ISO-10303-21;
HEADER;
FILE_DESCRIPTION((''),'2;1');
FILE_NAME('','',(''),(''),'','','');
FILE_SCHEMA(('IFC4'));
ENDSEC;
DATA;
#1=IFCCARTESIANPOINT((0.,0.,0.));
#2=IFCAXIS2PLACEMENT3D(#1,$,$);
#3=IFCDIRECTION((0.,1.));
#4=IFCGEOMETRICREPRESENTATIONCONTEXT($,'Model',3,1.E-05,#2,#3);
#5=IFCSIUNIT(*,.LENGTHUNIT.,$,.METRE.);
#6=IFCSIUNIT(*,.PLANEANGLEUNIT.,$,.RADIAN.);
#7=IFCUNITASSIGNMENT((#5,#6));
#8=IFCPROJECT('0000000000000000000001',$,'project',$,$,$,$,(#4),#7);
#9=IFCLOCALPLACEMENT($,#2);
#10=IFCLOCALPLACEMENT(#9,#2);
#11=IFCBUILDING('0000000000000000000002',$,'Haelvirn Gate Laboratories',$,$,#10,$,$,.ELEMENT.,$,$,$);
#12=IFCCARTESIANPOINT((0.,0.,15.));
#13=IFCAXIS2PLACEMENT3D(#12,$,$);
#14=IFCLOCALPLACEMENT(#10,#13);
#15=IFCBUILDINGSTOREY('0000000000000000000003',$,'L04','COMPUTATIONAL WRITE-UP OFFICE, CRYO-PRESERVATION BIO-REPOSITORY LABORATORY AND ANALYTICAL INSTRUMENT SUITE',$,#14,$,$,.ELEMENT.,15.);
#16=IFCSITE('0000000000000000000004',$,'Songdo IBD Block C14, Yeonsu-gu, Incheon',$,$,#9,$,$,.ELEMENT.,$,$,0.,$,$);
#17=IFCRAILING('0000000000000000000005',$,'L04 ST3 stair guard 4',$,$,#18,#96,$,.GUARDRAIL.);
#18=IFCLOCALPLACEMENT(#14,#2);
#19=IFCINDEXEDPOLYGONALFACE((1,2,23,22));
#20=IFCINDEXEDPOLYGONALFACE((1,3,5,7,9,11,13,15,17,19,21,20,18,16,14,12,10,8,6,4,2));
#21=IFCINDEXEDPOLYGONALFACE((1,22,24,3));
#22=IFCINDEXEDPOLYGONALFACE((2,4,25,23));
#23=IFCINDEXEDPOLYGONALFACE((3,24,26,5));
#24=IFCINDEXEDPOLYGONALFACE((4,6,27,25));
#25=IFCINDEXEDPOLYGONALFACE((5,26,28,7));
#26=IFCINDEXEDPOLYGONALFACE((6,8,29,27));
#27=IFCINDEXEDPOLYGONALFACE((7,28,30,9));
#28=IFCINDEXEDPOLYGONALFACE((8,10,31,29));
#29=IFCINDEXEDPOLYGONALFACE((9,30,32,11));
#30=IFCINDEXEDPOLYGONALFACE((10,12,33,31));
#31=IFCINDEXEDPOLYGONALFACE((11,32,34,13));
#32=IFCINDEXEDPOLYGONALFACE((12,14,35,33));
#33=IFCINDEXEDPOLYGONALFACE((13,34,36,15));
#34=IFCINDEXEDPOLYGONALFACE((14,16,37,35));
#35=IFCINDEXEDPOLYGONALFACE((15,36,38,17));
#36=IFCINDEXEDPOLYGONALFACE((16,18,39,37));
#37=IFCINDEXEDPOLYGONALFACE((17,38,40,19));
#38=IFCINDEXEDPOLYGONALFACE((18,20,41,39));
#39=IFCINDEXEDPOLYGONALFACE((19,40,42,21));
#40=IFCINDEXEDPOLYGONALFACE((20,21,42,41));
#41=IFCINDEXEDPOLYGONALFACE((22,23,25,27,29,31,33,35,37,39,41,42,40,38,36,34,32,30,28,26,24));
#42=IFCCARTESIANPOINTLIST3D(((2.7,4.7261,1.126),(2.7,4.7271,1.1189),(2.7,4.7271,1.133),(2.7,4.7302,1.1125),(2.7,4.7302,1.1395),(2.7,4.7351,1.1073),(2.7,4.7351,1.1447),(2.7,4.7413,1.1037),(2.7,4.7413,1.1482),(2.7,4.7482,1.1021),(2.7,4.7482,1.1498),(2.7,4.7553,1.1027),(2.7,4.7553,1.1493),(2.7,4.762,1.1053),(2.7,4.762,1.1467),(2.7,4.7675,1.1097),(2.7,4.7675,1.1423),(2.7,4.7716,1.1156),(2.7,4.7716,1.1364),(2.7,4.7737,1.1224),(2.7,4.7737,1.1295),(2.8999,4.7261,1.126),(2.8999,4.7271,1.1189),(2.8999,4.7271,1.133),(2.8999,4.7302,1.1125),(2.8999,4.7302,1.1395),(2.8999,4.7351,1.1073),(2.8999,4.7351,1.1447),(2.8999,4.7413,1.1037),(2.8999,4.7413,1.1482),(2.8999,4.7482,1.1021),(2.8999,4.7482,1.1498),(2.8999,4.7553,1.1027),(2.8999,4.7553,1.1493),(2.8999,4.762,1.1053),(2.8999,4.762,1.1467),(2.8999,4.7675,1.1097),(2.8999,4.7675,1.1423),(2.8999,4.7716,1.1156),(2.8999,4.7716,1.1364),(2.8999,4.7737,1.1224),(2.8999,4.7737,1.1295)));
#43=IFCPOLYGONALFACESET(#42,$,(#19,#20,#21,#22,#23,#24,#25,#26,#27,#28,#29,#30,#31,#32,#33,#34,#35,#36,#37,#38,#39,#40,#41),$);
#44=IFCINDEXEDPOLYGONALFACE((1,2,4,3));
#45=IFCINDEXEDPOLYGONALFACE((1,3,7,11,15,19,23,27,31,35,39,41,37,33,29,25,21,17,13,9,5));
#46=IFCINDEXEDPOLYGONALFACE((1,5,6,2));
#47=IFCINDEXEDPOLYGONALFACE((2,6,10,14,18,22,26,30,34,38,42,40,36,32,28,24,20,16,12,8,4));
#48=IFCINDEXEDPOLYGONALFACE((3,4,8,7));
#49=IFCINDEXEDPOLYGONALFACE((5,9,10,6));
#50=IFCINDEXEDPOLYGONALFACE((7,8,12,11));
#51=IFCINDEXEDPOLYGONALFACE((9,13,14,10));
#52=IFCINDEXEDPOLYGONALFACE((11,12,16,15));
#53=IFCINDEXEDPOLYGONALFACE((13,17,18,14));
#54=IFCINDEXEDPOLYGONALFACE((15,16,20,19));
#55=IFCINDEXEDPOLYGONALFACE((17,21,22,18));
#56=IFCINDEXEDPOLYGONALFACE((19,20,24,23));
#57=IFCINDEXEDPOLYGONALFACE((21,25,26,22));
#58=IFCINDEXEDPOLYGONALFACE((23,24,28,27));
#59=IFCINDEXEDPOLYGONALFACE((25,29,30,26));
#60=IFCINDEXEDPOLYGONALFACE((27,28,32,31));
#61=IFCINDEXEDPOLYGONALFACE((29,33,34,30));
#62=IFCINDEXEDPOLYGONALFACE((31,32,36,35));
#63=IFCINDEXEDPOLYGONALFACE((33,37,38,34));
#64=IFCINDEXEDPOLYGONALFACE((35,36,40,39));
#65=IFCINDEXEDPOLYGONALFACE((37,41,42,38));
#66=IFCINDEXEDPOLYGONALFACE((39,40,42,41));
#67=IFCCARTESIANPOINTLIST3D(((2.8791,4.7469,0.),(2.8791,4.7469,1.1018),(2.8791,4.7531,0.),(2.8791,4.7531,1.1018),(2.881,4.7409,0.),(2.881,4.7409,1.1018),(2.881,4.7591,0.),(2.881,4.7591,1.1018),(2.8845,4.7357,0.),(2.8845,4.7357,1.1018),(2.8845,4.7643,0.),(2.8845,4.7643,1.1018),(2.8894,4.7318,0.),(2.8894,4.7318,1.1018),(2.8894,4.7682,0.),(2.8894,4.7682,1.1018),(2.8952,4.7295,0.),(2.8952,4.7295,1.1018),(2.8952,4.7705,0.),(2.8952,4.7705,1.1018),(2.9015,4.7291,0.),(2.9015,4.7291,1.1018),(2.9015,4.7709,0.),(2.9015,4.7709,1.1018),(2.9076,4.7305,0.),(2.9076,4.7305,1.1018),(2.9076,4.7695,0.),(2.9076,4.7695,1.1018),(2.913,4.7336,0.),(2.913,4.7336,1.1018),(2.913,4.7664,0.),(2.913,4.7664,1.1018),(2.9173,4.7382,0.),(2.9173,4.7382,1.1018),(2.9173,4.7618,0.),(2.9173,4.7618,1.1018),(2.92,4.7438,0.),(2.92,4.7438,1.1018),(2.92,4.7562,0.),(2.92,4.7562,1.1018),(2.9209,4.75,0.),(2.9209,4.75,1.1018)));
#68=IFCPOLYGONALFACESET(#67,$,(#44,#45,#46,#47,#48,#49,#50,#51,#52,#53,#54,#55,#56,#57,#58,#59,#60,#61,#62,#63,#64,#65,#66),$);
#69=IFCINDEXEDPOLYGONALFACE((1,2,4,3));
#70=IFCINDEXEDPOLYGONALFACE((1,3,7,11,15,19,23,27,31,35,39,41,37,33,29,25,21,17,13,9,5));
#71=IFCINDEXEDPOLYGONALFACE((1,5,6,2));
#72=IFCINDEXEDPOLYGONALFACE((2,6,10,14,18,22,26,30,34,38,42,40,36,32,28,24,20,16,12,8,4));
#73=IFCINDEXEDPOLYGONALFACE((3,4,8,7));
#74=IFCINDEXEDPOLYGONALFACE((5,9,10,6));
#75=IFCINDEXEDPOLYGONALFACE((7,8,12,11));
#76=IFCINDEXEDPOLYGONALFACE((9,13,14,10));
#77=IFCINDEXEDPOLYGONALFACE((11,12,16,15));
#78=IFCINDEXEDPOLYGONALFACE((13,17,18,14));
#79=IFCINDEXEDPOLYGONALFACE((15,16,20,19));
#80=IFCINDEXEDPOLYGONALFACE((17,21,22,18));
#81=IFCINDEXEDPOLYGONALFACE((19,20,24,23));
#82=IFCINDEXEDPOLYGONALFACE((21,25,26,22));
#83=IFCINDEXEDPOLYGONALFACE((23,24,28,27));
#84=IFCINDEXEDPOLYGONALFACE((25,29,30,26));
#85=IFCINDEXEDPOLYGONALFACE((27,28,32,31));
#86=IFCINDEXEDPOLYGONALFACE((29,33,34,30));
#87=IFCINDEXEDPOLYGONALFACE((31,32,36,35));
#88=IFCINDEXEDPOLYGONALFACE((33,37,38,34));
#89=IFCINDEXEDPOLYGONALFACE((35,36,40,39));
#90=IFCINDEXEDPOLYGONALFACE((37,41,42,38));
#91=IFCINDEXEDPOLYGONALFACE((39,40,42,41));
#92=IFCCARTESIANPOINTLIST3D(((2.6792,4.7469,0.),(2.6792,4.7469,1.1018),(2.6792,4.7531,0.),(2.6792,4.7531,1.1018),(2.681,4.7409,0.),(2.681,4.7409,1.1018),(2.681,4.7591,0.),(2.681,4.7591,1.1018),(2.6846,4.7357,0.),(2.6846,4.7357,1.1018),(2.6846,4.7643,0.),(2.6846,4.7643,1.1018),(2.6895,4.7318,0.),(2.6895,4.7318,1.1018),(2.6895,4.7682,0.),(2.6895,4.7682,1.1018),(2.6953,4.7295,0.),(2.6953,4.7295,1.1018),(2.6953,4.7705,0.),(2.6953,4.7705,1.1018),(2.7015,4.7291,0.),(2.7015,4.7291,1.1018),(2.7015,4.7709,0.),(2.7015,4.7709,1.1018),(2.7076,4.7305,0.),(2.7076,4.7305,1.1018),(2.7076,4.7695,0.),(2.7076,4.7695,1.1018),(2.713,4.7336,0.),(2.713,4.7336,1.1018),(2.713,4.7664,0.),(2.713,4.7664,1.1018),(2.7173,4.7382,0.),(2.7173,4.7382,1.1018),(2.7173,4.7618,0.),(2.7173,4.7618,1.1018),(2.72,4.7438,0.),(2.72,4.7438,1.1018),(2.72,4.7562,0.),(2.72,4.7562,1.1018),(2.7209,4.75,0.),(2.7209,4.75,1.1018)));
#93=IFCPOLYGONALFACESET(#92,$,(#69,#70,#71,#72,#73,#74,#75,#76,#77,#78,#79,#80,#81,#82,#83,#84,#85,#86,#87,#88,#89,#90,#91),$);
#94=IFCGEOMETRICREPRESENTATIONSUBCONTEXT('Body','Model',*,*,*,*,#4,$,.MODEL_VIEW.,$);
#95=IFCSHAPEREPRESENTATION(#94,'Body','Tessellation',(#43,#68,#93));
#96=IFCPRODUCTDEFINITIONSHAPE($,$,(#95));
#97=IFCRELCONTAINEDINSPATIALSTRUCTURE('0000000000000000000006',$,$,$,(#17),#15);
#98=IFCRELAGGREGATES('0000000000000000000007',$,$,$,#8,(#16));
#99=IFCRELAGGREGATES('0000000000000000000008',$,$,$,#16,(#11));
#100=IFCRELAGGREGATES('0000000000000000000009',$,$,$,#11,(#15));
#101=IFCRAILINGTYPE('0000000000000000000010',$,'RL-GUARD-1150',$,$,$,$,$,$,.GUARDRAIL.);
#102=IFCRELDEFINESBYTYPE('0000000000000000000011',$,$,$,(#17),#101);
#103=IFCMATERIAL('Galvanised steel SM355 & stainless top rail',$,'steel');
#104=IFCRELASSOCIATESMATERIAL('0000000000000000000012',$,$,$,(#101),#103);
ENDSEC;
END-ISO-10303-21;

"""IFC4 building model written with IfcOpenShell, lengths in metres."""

from ifc_helpers import new_model, si_unit, direction, frame, origin, origin_2d, place, context, subcontext, project, spatial, circle, extrude, source, transform, mapped, material, type_object, element, save


model = new_model("IFC4")

# Units and contexts
model_context = context("Model", 3, precision=1e-05, world=origin(), true_north=direction((0.0, 1.0)))
body_context = subcontext(model_context, "Body", "Model", "MODEL_VIEW")
ifc_project = project(units=[si_unit("LENGTHUNIT", "METRE"), si_unit("PLANEANGLEUNIT", "RADIAN")], contexts=[model_context])

# Site, building, storey
site_placement = place(None, origin())
site = spatial("IfcSite", under=ifc_project, at=site_placement, Name="Songdo IBD Block C14, Yeonsu-gu, Incheon", CompositionType="ELEMENT", RefElevation=0.0)
building_placement = place(site_placement, origin())
building = spatial("IfcBuilding", under=site, at=building_placement, Name="Haelvirn Gate Laboratories", CompositionType="ELEMENT")
storey_placement = place(building_placement, frame((0.0, 0.0, 15.0)))
storey = spatial("IfcBuildingStorey", under=building, at=storey_placement, Name="L04", Description="COMPUTATIONAL WRITE-UP OFFICE, CRYO-PRESERVATION BIO-REPOSITORY LABORATORY AND ANALYTICAL INSTRUMENT SUITE", CompositionType="ELEMENT", Elevation=15.0)

# Railing
ifc_material_1 = material(Name="Galvanised steel SM355 & stainless top rail", Category="steel")
railing_type_1 = type_object("IfcRailingType", Name="RL-GUARD-1150", PredefinedType="GUARDRAIL", material=ifc_material_1)
shared_shape_1 = source(origin(), body_context, "Body", "SweptSolid", [
    extrude(circle(Radius=0.0239, at=origin_2d()), frame((0.0, 0.0, 1.126), z_axis=(-1.0, 0.0, 0.0), x_axis=(0.0, -1.0, 0.0)), (0.0, 0.0, 1.0), 0.2),
    extrude(circle(Radius=0.021, at=origin_2d()), origin(), (0.0, 0.0, 1.0), 1.1018),
    extrude(circle(Radius=0.021, at=origin_2d()), frame((-0.2, 0.0, 0.0)), (0.0, 0.0, 1.0), 1.1018),
])
for number, where, name in (
    (1, (2.8999, 4.75, 0.0), "L04 ST3 stair guard 4"),
):
    element("IfcRailing", number, at=place(storey_placement, frame(where)), inside=storey, type_object=railing_type_1, Name=name, PredefinedType="GUARDRAIL", context=body_context, shape_type="MappedRepresentation", body=[
        mapped(shared_shape_1, transform((0.0, 0.0, 0.0), scale=1.0)),
    ])

save(model, "model.ifc")
